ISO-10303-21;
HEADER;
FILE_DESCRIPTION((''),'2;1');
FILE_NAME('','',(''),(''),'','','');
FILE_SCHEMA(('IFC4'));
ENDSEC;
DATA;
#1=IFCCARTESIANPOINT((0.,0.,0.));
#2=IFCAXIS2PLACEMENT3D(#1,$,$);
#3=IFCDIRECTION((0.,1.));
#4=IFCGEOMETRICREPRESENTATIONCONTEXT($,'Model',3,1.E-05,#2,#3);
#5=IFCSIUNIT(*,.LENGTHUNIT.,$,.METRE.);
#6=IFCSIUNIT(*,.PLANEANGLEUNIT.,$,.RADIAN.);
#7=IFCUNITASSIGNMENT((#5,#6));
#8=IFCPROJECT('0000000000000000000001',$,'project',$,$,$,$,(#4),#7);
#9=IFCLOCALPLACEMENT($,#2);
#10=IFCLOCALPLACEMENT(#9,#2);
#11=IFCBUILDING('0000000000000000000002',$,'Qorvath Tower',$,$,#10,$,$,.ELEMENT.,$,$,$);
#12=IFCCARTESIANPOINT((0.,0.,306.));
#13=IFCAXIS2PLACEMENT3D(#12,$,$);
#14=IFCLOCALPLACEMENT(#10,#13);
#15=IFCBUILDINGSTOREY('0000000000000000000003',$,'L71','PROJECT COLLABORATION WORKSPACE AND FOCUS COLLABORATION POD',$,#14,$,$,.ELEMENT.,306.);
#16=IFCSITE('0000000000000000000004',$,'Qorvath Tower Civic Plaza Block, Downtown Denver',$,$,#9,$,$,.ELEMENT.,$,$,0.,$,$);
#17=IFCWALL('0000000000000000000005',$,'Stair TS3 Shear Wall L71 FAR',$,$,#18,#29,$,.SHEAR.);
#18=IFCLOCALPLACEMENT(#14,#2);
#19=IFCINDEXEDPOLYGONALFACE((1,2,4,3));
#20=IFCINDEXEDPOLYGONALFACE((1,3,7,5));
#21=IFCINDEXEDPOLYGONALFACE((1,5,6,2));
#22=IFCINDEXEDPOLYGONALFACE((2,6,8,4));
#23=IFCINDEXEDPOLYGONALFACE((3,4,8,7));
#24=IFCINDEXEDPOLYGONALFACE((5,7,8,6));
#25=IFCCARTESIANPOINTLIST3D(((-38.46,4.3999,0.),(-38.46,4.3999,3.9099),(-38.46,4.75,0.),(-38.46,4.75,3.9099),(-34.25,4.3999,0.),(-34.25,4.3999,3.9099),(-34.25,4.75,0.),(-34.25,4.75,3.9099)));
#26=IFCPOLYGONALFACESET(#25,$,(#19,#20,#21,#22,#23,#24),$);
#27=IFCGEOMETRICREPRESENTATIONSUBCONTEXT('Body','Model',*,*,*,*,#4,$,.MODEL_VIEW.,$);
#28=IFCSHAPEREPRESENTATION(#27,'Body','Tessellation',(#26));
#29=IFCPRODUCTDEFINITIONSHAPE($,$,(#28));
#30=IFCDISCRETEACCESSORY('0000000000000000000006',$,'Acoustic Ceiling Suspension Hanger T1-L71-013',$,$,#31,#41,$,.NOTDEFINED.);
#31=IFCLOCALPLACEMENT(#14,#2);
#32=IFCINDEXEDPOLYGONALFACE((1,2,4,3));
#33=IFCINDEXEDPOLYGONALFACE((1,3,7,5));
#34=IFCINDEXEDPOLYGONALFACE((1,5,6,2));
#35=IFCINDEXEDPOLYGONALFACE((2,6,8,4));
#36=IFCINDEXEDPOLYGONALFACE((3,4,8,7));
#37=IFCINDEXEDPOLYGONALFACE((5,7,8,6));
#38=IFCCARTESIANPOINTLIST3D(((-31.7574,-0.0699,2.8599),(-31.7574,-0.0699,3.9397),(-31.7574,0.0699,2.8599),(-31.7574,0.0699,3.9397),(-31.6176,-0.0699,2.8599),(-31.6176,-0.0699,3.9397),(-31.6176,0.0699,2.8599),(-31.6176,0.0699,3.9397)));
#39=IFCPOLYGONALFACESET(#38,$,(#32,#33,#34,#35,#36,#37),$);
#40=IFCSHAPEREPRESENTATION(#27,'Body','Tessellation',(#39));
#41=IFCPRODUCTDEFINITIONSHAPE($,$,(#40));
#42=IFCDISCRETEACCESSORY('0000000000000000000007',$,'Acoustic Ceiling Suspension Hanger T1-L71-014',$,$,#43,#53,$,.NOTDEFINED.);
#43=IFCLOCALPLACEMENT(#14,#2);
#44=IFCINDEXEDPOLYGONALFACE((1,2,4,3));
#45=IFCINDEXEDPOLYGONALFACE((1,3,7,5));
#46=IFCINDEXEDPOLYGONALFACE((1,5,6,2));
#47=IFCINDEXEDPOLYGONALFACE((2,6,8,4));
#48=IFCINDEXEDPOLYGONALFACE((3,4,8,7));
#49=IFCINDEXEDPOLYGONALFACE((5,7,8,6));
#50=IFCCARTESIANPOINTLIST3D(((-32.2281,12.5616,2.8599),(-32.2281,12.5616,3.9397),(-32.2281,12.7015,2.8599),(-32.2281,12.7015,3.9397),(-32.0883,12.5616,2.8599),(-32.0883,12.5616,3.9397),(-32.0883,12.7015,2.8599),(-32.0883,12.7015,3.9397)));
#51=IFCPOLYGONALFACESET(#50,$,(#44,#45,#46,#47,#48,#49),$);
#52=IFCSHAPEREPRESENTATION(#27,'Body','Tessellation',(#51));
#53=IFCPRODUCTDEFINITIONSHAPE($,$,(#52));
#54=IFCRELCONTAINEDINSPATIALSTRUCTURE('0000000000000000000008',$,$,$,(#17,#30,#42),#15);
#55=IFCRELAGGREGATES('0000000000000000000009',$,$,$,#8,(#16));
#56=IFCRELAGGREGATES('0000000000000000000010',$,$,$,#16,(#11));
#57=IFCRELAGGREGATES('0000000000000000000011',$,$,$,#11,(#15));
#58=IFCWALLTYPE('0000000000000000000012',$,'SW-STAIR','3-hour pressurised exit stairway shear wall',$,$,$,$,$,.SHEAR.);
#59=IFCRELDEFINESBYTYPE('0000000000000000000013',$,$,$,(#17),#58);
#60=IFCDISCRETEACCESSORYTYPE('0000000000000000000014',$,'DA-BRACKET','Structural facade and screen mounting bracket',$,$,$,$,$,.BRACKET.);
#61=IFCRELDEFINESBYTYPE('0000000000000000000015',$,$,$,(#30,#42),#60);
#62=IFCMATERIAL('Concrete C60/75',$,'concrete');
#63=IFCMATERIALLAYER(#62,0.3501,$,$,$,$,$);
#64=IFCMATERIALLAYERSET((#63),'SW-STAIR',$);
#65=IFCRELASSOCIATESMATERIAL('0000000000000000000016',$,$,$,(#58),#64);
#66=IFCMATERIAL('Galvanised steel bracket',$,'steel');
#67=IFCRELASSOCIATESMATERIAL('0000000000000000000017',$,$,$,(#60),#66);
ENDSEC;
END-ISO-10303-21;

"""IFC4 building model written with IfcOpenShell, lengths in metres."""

from ifc_helpers import new_model, si_unit, direction, frame, frame_2d, origin, origin_2d, place, context, subcontext, project, spatial, rectangle, extrude, material, layer, layer_set, type_object, element, save


model = new_model("IFC4")

# Units and contexts
model_context = context("Model", 3, precision=1e-05, world=origin(), true_north=direction((0.0, 1.0)))
body_context = subcontext(model_context, "Body", "Model", "MODEL_VIEW")
ifc_project = project(units=[si_unit("LENGTHUNIT", "METRE"), si_unit("PLANEANGLEUNIT", "RADIAN")], contexts=[model_context])

# Site, building, storey
site_placement = place(None, origin())
site = spatial("IfcSite", under=ifc_project, at=site_placement, Name="Qorvath Tower Civic Plaza Block, Downtown Denver", CompositionType="ELEMENT", RefElevation=0.0)
building_placement = place(site_placement, origin())
building = spatial("IfcBuilding", under=site, at=building_placement, Name="Qorvath Tower", CompositionType="ELEMENT")
storey_placement = place(building_placement, frame((0.0, 0.0, 306.0)))
storey = spatial("IfcBuildingStorey", under=building, at=storey_placement, Name="L71", Description="PROJECT COLLABORATION WORKSPACE AND FOCUS COLLABORATION POD", CompositionType="ELEMENT", Elevation=306.0)

# Wall
ifc_material_1 = material(Name="Concrete C60/75", Category="concrete")
ifc_layer_1 = layer(ifc_material_1, 0.3501)
ifc_layer_set_1 = layer_set([ifc_layer_1], Name="SW-STAIR")
wall_type_1 = type_object("IfcWallType", Name="SW-STAIR", Description="3-hour pressurised exit stairway shear wall", PredefinedType="SHEAR", material=ifc_layer_set_1)
wall_1_placement = place(storey_placement, frame((-34.25, 4.575, 0.0), z_axis=(0.0, 0.0, 1.0), x_axis=(-1.0, 0.0, 0.0)))
element("IfcWall", 1, at=wall_1_placement, inside=storey, type_object=wall_type_1, Name="Stair TS3 Shear Wall L71 FAR", PredefinedType="SHEAR", context=body_context, shape_type="SweptSolid", body=[
    extrude(rectangle(XDim=4.21, YDim=0.3501, at=frame_2d((2.105, 0.0))), origin(), (0.0, 0.0, 1.0), 3.9099),
])

# Discrete accessories
ifc_material_2 = material(Name="Galvanised steel bracket", Category="steel")
discrete_accessory_type = type_object("IfcDiscreteAccessoryType", Name="DA-BRACKET", Description="Structural facade and screen mounting bracket", PredefinedType="BRACKET", material=ifc_material_2)
for number, where, z_axis, x_axis, name in (
    (2, (-31.6875, 0.0, 2.8599), (0.0, 0.0, 1.0), (1.0, 0.0, 0.0), "Acoustic Ceiling Suspension Hanger T1-L71-013"),
    (3, (-32.1582, 12.6316, 2.8599), (0.0, 0.0, 1.0), (1.0, 0.0, 0.0), "Acoustic Ceiling Suspension Hanger T1-L71-014"),
):
    element("IfcDiscreteAccessory", number, at=place(storey_placement, frame(where, z_axis=z_axis, x_axis=x_axis)), inside=storey, type_object=discrete_accessory_type, Name=name, PredefinedType="NOTDEFINED", context=body_context, shape_type="SweptSolid", body=[
        extrude(rectangle(XDim=0.1399, YDim=0.1399, at=origin_2d()), origin(), (0.0, 0.0, 1.0), 1.0798),
    ])

save(model, "model.ifc")
